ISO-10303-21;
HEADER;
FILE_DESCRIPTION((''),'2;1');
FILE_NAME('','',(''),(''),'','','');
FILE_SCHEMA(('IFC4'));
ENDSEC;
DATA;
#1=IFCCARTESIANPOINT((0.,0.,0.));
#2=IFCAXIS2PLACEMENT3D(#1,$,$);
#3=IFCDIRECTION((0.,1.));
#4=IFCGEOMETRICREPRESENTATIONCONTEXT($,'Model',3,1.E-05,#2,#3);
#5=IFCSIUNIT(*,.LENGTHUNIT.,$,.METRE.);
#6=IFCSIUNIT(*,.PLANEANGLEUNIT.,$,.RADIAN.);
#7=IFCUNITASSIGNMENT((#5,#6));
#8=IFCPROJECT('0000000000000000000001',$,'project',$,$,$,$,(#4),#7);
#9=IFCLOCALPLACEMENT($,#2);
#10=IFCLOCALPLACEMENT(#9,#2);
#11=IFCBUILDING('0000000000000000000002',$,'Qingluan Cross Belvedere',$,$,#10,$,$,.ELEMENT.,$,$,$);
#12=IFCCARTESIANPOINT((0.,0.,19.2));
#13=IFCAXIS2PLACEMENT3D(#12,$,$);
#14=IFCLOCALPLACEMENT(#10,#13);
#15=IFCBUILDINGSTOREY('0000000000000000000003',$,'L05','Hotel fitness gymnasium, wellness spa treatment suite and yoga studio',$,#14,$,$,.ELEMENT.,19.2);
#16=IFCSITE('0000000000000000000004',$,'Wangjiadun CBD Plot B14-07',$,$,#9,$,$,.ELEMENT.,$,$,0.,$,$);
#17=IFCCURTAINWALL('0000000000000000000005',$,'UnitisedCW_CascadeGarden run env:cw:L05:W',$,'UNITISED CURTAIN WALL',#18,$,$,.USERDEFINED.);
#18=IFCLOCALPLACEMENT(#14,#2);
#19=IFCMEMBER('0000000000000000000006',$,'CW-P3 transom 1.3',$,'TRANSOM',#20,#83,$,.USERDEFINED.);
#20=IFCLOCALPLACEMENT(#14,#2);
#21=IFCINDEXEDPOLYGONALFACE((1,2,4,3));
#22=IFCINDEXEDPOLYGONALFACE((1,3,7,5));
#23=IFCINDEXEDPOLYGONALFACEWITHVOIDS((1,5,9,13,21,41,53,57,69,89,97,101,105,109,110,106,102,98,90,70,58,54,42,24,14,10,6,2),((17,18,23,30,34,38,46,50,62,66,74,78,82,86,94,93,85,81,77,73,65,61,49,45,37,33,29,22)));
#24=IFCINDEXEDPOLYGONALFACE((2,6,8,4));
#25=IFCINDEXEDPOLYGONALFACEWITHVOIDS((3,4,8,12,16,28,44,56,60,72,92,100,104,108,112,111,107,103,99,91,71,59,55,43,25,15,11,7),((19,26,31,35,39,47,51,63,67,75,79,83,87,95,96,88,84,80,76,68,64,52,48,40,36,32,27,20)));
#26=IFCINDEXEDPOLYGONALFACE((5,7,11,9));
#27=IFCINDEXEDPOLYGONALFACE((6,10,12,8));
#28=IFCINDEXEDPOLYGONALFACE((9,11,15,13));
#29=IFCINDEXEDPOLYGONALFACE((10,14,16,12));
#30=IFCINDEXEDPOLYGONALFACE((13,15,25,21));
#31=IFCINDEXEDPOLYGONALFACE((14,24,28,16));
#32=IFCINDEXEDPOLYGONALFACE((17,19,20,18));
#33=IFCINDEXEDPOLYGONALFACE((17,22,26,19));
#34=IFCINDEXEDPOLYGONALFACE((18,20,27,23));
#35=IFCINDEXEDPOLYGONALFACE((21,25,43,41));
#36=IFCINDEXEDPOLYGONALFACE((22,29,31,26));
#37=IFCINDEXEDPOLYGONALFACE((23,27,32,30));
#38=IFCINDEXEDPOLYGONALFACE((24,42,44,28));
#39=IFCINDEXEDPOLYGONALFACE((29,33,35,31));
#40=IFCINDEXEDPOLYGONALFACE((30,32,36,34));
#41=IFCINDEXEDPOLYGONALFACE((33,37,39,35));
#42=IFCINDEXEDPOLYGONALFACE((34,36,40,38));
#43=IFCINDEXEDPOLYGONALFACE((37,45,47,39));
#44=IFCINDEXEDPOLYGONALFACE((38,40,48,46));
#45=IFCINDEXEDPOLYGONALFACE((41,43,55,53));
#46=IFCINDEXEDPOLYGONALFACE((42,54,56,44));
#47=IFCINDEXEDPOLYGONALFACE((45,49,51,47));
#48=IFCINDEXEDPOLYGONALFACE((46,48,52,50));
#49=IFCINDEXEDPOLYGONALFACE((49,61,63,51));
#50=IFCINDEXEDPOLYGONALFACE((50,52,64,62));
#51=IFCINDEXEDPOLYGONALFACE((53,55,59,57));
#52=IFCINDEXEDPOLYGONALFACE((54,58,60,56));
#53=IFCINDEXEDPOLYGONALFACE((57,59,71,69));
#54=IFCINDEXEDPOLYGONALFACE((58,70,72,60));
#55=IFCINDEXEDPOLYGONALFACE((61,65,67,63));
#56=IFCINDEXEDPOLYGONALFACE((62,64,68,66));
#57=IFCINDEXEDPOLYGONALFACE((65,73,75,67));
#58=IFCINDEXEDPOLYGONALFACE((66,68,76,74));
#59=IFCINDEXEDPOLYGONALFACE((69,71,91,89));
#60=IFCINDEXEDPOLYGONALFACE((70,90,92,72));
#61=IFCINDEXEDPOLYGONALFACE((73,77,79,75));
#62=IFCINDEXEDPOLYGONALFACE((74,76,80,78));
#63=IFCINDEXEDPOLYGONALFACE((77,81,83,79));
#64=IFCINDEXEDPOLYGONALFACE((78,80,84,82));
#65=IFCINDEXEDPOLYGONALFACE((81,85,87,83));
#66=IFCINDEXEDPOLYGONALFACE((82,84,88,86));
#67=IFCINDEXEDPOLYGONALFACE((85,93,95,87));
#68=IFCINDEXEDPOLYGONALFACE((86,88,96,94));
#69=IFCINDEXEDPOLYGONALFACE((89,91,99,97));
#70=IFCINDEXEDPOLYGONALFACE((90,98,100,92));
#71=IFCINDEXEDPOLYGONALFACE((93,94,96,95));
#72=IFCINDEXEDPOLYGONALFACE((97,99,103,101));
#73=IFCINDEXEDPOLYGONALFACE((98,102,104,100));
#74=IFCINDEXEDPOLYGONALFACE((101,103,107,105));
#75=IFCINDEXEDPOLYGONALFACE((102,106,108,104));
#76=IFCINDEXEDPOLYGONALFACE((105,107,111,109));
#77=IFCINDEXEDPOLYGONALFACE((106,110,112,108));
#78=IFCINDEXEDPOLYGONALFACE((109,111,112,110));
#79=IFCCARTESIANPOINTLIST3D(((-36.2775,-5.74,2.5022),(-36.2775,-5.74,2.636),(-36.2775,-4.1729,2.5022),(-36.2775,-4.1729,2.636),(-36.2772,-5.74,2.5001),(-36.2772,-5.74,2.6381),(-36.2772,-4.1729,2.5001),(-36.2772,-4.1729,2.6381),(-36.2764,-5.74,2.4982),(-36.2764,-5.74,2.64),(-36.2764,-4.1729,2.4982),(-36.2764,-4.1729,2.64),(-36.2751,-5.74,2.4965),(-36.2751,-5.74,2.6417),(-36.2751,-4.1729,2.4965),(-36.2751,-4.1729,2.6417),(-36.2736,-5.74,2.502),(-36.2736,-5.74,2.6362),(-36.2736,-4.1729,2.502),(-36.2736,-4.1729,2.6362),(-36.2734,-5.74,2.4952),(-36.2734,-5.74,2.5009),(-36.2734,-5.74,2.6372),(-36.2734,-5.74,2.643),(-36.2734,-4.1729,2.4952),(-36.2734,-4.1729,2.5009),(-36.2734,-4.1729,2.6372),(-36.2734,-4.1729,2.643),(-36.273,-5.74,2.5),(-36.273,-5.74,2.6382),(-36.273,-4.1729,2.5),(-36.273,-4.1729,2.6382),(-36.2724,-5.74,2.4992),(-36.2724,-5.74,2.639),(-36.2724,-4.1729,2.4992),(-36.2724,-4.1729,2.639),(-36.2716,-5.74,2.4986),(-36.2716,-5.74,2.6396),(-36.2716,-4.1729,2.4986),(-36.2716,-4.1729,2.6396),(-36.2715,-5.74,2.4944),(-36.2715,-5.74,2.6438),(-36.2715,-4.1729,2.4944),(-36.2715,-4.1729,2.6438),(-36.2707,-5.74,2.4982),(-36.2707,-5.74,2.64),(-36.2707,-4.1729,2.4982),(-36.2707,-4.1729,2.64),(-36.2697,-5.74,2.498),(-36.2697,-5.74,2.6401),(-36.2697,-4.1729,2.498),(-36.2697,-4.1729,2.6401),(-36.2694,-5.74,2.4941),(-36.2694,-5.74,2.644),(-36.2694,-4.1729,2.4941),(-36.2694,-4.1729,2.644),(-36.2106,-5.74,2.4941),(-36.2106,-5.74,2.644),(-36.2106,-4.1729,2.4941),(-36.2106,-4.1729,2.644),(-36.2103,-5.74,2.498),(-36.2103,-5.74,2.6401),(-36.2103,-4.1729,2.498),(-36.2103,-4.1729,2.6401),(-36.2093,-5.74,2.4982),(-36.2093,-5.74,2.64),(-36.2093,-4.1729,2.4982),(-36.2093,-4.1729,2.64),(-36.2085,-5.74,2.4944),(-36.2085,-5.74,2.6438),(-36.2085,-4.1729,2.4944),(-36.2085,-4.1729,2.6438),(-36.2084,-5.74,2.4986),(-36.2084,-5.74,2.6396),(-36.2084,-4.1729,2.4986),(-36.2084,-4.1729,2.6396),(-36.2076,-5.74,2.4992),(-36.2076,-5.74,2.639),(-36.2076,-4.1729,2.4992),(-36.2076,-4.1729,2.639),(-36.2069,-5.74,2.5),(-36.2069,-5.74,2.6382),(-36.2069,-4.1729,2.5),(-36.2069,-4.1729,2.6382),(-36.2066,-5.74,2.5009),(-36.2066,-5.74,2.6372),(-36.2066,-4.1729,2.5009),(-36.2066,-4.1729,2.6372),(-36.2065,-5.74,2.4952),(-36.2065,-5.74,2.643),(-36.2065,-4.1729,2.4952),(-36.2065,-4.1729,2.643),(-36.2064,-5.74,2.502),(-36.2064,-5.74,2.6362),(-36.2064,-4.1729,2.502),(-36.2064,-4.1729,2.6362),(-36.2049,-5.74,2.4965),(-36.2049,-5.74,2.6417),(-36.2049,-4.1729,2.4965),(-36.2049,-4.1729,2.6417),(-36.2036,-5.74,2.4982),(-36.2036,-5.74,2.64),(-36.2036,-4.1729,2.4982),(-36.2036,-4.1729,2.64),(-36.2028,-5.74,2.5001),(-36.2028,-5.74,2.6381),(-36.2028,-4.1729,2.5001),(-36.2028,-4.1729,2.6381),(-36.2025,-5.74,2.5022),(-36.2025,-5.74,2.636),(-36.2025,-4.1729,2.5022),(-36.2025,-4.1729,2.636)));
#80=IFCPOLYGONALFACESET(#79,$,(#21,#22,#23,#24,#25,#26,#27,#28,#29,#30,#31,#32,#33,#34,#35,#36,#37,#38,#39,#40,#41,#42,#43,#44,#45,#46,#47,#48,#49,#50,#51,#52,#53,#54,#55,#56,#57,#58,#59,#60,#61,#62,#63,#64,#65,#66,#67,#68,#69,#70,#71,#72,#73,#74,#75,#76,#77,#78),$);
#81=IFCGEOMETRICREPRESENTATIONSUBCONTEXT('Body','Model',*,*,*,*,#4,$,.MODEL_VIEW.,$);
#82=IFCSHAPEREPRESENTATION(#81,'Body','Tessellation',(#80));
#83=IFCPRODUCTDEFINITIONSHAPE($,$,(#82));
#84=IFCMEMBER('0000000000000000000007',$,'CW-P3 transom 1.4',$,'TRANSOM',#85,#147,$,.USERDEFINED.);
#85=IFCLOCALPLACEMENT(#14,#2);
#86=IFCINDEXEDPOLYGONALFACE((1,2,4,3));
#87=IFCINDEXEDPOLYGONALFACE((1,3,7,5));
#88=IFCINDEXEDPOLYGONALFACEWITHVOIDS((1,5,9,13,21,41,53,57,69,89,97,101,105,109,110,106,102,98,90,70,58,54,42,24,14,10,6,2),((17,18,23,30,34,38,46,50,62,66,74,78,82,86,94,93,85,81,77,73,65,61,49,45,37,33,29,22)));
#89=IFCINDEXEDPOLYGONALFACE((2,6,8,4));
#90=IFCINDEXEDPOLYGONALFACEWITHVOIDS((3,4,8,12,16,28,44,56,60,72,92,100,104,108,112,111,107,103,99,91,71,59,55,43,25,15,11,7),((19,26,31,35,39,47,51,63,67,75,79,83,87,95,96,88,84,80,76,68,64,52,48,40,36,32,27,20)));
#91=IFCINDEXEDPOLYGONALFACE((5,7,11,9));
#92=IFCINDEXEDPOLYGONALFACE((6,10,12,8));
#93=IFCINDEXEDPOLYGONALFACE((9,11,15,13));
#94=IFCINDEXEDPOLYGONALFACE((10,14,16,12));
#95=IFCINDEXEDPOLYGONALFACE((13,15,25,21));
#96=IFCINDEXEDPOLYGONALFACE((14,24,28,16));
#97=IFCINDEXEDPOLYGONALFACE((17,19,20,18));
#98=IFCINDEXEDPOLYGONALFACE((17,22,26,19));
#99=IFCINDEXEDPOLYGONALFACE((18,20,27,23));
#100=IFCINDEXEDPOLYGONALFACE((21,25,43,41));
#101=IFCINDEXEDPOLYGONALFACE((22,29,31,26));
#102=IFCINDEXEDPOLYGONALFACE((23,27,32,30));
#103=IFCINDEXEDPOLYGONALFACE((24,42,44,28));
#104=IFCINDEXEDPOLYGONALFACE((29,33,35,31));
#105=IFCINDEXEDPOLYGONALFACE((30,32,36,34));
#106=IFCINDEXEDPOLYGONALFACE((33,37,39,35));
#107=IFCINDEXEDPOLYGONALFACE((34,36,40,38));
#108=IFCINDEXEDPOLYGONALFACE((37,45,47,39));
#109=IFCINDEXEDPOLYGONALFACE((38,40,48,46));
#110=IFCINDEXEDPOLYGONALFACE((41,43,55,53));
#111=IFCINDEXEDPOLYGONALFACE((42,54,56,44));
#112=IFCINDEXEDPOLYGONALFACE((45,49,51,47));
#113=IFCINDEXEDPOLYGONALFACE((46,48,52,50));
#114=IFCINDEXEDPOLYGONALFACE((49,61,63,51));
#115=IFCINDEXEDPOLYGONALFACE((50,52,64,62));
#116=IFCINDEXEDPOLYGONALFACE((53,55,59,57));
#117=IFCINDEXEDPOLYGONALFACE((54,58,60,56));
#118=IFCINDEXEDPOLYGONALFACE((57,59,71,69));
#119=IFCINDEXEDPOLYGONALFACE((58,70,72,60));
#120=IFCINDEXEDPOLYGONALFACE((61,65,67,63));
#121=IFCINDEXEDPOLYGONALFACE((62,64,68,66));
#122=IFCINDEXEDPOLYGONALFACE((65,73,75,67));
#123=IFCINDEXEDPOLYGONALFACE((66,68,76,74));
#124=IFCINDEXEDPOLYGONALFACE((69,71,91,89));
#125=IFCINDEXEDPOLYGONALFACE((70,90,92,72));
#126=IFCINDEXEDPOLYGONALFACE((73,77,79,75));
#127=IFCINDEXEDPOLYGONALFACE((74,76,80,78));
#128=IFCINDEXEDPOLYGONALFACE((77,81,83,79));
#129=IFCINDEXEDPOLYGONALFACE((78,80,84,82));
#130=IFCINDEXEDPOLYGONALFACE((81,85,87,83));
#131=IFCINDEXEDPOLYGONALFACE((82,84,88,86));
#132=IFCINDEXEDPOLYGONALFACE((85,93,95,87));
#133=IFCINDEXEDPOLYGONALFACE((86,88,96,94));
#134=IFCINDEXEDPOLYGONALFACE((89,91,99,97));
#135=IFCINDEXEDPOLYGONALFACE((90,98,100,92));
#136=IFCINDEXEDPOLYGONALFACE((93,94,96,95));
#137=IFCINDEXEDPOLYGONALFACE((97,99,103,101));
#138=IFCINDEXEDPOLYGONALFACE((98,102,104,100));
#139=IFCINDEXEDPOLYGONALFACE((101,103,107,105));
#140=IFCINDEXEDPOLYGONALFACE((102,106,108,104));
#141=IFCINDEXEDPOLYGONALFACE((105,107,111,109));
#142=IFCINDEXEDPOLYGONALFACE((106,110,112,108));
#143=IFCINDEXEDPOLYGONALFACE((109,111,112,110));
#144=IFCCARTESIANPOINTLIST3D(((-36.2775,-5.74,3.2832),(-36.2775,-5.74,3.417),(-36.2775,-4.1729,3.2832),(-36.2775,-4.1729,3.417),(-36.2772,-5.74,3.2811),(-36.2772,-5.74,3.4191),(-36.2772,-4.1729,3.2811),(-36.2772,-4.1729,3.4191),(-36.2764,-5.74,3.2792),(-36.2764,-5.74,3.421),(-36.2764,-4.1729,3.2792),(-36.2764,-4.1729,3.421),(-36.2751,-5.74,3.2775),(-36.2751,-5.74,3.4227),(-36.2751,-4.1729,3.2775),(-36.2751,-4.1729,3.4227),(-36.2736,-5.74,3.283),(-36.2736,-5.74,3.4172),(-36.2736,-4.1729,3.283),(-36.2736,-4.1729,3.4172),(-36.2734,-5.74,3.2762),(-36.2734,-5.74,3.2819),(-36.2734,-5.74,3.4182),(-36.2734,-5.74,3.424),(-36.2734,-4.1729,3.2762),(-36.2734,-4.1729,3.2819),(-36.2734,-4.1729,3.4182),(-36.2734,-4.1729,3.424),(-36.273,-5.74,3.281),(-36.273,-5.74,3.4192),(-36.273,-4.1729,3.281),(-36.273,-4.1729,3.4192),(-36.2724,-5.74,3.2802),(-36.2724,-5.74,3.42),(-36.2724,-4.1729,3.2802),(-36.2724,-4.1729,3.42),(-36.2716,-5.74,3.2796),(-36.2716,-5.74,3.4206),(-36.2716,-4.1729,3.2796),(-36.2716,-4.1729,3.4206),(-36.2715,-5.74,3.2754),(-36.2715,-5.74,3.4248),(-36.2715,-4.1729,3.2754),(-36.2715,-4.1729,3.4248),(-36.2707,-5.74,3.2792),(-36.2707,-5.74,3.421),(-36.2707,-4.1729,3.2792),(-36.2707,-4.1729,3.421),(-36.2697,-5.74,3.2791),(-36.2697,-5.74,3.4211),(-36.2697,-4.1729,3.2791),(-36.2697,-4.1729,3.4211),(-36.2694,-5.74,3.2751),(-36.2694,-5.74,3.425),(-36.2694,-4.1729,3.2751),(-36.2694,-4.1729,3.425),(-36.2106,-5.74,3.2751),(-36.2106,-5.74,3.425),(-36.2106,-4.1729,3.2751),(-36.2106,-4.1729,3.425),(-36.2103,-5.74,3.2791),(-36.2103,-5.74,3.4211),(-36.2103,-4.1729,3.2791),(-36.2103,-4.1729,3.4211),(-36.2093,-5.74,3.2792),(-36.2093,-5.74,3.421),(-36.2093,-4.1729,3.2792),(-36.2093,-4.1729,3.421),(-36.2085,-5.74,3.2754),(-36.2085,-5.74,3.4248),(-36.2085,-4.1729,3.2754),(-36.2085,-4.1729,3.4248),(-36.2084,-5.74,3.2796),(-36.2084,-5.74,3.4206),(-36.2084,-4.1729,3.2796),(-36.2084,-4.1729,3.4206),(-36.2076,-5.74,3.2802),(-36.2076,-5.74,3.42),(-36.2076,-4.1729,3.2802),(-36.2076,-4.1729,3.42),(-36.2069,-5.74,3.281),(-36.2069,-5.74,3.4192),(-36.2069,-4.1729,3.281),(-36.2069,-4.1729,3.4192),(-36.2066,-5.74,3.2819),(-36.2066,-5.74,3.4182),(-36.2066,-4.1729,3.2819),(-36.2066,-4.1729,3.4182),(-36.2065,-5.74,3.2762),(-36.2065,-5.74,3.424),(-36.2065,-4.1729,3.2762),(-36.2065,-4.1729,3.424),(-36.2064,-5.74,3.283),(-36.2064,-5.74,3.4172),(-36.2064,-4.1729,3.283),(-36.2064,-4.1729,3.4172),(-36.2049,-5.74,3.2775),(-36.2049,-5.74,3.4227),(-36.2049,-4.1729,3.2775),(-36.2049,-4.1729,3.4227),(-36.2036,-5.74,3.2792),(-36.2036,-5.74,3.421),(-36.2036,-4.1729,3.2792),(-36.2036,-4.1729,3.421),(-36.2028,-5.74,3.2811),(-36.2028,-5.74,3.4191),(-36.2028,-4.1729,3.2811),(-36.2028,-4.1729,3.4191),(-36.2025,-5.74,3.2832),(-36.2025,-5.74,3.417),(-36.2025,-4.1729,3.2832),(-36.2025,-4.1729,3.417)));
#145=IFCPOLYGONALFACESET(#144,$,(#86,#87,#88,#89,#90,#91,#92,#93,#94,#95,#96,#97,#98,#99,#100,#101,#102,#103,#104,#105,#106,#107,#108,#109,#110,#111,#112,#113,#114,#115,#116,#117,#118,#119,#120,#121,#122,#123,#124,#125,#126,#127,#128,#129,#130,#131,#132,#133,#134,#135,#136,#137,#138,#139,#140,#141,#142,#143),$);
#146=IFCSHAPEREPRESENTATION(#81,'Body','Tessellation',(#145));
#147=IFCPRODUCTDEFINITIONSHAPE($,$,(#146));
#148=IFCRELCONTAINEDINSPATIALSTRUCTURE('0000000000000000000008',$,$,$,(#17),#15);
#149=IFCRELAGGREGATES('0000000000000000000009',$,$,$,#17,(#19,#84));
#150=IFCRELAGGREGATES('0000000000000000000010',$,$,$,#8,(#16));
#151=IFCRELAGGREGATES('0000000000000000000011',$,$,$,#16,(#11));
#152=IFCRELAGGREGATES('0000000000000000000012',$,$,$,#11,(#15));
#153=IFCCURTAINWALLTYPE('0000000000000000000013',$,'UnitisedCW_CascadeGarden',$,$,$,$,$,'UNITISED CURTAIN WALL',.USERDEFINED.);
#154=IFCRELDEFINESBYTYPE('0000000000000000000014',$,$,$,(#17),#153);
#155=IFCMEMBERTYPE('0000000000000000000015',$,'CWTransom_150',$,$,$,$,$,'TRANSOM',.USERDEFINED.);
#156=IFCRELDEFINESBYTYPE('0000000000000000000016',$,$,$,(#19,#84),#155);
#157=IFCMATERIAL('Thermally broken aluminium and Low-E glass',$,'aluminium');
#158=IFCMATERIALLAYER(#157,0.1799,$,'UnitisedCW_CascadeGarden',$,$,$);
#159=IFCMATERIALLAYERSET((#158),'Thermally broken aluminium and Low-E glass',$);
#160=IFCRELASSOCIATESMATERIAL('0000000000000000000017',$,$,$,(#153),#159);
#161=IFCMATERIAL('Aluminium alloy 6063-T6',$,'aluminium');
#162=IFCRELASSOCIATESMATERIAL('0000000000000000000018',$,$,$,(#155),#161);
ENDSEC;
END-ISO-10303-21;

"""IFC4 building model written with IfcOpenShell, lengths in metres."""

from ifc_helpers import new_model, si_unit, direction, frame, origin, origin_2d, place, context, subcontext, project, spatial, hollow_rectangle, extrude, material, layer, layer_set, material_profile, profile_set, type_object, element, aggregate, save


model = new_model("IFC4")

# Units and contexts
model_context = context("Model", 3, precision=1e-05, world=origin(), true_north=direction((0.0, 1.0)))
body_context = subcontext(model_context, "Body", "Model", "MODEL_VIEW")
ifc_project = project(units=[si_unit("LENGTHUNIT", "METRE"), si_unit("PLANEANGLEUNIT", "RADIAN")], contexts=[model_context])

# Site, building, storey
site_placement = place(None, origin())
site = spatial("IfcSite", under=ifc_project, at=site_placement, Name="Wangjiadun CBD Plot B14-07", CompositionType="ELEMENT", RefElevation=0.0)
building_placement = place(site_placement, origin())
building = spatial("IfcBuilding", under=site, at=building_placement, Name="Qingluan Cross Belvedere", CompositionType="ELEMENT")
storey_placement = place(building_placement, frame((0.0, 0.0, 19.2)))
storey = spatial("IfcBuildingStorey", under=building, at=storey_placement, Name="L05", Description="Hotel fitness gymnasium, wellness spa treatment suite and yoga studio", CompositionType="ELEMENT", Elevation=19.2)

# Curtain wall, members
ifc_material_1 = material(Name="Thermally broken aluminium and Low-E glass", Category="aluminium")
ifc_layer_1 = layer(ifc_material_1, 0.1799, Name="UnitisedCW_CascadeGarden")
ifc_layer_set_1 = layer_set([ifc_layer_1], Name="Thermally broken aluminium and Low-E glass")
curtain_wall_type = type_object("IfcCurtainWallType", Name="UnitisedCW_CascadeGarden", ElementType="UNITISED CURTAIN WALL", PredefinedType="USERDEFINED", material=ifc_layer_set_1)
curtain_wall_placement = place(storey_placement, origin())
curtain_wall = element("IfcCurtainWall", 1, at=curtain_wall_placement, inside=storey, type_object=curtain_wall_type, Name="UnitisedCW_CascadeGarden run env:cw:L05:W", ObjectType="UNITISED CURTAIN WALL", PredefinedType="USERDEFINED")
ifc_material_2 = material(Name="Aluminium alloy 6063-T6", Category="aluminium")
ifc_material_profile_1 = material_profile(ifc_material_2, hollow_rectangle(XDim=0.075, YDim=0.1499, WallThickness=0.0039, InnerFilletRadius=0.0039, OuterFilletRadius=0.0081, at=origin_2d()), Name="CWT150x75x4")
ifc_profile_set_1 = profile_set([ifc_material_profile_1], Name="Aluminium alloy 6063-T6")
member_type_1 = type_object("IfcMemberType", Name="CWTransom_150", ElementType="TRANSOM", PredefinedType="USERDEFINED", material=ifc_profile_set_1)
member_1_placement = place(storey_placement, frame((-36.24, -5.74, 2.5691), z_axis=(0.0, 1.0, 0.0), x_axis=(-1.0, 0.0, 0.0)))
member_1 = element("IfcMember", 2, at=member_1_placement, type_object=member_type_1, Name="CW-P3 transom 1.3", ObjectType="TRANSOM", PredefinedType="USERDEFINED", context=body_context, shape_type="SweptSolid", body=[
    extrude(hollow_rectangle(XDim=0.075, YDim=0.1499, WallThickness=0.0039, InnerFilletRadius=0.0039, OuterFilletRadius=0.0081, at=origin_2d()), origin(), (0.0, 0.0, 1.0), 1.5671),
])
member_2_placement = place(storey_placement, frame((-36.24, -5.74, 3.3501), z_axis=(0.0, 1.0, 0.0), x_axis=(-1.0, 0.0, 0.0)))
member_2 = element("IfcMember", 3, at=member_2_placement, type_object=member_type_1, Name="CW-P3 transom 1.4", ObjectType="TRANSOM", PredefinedType="USERDEFINED", context=body_context, shape_type="SweptSolid", body=[
    extrude(hollow_rectangle(XDim=0.075, YDim=0.1499, WallThickness=0.0039, InnerFilletRadius=0.0039, OuterFilletRadius=0.0081, at=origin_2d()), origin(), (0.0, 0.0, 1.0), 1.5671),
])
aggregate(curtain_wall, [member_1, member_2])

save(model, "model.ifc")
